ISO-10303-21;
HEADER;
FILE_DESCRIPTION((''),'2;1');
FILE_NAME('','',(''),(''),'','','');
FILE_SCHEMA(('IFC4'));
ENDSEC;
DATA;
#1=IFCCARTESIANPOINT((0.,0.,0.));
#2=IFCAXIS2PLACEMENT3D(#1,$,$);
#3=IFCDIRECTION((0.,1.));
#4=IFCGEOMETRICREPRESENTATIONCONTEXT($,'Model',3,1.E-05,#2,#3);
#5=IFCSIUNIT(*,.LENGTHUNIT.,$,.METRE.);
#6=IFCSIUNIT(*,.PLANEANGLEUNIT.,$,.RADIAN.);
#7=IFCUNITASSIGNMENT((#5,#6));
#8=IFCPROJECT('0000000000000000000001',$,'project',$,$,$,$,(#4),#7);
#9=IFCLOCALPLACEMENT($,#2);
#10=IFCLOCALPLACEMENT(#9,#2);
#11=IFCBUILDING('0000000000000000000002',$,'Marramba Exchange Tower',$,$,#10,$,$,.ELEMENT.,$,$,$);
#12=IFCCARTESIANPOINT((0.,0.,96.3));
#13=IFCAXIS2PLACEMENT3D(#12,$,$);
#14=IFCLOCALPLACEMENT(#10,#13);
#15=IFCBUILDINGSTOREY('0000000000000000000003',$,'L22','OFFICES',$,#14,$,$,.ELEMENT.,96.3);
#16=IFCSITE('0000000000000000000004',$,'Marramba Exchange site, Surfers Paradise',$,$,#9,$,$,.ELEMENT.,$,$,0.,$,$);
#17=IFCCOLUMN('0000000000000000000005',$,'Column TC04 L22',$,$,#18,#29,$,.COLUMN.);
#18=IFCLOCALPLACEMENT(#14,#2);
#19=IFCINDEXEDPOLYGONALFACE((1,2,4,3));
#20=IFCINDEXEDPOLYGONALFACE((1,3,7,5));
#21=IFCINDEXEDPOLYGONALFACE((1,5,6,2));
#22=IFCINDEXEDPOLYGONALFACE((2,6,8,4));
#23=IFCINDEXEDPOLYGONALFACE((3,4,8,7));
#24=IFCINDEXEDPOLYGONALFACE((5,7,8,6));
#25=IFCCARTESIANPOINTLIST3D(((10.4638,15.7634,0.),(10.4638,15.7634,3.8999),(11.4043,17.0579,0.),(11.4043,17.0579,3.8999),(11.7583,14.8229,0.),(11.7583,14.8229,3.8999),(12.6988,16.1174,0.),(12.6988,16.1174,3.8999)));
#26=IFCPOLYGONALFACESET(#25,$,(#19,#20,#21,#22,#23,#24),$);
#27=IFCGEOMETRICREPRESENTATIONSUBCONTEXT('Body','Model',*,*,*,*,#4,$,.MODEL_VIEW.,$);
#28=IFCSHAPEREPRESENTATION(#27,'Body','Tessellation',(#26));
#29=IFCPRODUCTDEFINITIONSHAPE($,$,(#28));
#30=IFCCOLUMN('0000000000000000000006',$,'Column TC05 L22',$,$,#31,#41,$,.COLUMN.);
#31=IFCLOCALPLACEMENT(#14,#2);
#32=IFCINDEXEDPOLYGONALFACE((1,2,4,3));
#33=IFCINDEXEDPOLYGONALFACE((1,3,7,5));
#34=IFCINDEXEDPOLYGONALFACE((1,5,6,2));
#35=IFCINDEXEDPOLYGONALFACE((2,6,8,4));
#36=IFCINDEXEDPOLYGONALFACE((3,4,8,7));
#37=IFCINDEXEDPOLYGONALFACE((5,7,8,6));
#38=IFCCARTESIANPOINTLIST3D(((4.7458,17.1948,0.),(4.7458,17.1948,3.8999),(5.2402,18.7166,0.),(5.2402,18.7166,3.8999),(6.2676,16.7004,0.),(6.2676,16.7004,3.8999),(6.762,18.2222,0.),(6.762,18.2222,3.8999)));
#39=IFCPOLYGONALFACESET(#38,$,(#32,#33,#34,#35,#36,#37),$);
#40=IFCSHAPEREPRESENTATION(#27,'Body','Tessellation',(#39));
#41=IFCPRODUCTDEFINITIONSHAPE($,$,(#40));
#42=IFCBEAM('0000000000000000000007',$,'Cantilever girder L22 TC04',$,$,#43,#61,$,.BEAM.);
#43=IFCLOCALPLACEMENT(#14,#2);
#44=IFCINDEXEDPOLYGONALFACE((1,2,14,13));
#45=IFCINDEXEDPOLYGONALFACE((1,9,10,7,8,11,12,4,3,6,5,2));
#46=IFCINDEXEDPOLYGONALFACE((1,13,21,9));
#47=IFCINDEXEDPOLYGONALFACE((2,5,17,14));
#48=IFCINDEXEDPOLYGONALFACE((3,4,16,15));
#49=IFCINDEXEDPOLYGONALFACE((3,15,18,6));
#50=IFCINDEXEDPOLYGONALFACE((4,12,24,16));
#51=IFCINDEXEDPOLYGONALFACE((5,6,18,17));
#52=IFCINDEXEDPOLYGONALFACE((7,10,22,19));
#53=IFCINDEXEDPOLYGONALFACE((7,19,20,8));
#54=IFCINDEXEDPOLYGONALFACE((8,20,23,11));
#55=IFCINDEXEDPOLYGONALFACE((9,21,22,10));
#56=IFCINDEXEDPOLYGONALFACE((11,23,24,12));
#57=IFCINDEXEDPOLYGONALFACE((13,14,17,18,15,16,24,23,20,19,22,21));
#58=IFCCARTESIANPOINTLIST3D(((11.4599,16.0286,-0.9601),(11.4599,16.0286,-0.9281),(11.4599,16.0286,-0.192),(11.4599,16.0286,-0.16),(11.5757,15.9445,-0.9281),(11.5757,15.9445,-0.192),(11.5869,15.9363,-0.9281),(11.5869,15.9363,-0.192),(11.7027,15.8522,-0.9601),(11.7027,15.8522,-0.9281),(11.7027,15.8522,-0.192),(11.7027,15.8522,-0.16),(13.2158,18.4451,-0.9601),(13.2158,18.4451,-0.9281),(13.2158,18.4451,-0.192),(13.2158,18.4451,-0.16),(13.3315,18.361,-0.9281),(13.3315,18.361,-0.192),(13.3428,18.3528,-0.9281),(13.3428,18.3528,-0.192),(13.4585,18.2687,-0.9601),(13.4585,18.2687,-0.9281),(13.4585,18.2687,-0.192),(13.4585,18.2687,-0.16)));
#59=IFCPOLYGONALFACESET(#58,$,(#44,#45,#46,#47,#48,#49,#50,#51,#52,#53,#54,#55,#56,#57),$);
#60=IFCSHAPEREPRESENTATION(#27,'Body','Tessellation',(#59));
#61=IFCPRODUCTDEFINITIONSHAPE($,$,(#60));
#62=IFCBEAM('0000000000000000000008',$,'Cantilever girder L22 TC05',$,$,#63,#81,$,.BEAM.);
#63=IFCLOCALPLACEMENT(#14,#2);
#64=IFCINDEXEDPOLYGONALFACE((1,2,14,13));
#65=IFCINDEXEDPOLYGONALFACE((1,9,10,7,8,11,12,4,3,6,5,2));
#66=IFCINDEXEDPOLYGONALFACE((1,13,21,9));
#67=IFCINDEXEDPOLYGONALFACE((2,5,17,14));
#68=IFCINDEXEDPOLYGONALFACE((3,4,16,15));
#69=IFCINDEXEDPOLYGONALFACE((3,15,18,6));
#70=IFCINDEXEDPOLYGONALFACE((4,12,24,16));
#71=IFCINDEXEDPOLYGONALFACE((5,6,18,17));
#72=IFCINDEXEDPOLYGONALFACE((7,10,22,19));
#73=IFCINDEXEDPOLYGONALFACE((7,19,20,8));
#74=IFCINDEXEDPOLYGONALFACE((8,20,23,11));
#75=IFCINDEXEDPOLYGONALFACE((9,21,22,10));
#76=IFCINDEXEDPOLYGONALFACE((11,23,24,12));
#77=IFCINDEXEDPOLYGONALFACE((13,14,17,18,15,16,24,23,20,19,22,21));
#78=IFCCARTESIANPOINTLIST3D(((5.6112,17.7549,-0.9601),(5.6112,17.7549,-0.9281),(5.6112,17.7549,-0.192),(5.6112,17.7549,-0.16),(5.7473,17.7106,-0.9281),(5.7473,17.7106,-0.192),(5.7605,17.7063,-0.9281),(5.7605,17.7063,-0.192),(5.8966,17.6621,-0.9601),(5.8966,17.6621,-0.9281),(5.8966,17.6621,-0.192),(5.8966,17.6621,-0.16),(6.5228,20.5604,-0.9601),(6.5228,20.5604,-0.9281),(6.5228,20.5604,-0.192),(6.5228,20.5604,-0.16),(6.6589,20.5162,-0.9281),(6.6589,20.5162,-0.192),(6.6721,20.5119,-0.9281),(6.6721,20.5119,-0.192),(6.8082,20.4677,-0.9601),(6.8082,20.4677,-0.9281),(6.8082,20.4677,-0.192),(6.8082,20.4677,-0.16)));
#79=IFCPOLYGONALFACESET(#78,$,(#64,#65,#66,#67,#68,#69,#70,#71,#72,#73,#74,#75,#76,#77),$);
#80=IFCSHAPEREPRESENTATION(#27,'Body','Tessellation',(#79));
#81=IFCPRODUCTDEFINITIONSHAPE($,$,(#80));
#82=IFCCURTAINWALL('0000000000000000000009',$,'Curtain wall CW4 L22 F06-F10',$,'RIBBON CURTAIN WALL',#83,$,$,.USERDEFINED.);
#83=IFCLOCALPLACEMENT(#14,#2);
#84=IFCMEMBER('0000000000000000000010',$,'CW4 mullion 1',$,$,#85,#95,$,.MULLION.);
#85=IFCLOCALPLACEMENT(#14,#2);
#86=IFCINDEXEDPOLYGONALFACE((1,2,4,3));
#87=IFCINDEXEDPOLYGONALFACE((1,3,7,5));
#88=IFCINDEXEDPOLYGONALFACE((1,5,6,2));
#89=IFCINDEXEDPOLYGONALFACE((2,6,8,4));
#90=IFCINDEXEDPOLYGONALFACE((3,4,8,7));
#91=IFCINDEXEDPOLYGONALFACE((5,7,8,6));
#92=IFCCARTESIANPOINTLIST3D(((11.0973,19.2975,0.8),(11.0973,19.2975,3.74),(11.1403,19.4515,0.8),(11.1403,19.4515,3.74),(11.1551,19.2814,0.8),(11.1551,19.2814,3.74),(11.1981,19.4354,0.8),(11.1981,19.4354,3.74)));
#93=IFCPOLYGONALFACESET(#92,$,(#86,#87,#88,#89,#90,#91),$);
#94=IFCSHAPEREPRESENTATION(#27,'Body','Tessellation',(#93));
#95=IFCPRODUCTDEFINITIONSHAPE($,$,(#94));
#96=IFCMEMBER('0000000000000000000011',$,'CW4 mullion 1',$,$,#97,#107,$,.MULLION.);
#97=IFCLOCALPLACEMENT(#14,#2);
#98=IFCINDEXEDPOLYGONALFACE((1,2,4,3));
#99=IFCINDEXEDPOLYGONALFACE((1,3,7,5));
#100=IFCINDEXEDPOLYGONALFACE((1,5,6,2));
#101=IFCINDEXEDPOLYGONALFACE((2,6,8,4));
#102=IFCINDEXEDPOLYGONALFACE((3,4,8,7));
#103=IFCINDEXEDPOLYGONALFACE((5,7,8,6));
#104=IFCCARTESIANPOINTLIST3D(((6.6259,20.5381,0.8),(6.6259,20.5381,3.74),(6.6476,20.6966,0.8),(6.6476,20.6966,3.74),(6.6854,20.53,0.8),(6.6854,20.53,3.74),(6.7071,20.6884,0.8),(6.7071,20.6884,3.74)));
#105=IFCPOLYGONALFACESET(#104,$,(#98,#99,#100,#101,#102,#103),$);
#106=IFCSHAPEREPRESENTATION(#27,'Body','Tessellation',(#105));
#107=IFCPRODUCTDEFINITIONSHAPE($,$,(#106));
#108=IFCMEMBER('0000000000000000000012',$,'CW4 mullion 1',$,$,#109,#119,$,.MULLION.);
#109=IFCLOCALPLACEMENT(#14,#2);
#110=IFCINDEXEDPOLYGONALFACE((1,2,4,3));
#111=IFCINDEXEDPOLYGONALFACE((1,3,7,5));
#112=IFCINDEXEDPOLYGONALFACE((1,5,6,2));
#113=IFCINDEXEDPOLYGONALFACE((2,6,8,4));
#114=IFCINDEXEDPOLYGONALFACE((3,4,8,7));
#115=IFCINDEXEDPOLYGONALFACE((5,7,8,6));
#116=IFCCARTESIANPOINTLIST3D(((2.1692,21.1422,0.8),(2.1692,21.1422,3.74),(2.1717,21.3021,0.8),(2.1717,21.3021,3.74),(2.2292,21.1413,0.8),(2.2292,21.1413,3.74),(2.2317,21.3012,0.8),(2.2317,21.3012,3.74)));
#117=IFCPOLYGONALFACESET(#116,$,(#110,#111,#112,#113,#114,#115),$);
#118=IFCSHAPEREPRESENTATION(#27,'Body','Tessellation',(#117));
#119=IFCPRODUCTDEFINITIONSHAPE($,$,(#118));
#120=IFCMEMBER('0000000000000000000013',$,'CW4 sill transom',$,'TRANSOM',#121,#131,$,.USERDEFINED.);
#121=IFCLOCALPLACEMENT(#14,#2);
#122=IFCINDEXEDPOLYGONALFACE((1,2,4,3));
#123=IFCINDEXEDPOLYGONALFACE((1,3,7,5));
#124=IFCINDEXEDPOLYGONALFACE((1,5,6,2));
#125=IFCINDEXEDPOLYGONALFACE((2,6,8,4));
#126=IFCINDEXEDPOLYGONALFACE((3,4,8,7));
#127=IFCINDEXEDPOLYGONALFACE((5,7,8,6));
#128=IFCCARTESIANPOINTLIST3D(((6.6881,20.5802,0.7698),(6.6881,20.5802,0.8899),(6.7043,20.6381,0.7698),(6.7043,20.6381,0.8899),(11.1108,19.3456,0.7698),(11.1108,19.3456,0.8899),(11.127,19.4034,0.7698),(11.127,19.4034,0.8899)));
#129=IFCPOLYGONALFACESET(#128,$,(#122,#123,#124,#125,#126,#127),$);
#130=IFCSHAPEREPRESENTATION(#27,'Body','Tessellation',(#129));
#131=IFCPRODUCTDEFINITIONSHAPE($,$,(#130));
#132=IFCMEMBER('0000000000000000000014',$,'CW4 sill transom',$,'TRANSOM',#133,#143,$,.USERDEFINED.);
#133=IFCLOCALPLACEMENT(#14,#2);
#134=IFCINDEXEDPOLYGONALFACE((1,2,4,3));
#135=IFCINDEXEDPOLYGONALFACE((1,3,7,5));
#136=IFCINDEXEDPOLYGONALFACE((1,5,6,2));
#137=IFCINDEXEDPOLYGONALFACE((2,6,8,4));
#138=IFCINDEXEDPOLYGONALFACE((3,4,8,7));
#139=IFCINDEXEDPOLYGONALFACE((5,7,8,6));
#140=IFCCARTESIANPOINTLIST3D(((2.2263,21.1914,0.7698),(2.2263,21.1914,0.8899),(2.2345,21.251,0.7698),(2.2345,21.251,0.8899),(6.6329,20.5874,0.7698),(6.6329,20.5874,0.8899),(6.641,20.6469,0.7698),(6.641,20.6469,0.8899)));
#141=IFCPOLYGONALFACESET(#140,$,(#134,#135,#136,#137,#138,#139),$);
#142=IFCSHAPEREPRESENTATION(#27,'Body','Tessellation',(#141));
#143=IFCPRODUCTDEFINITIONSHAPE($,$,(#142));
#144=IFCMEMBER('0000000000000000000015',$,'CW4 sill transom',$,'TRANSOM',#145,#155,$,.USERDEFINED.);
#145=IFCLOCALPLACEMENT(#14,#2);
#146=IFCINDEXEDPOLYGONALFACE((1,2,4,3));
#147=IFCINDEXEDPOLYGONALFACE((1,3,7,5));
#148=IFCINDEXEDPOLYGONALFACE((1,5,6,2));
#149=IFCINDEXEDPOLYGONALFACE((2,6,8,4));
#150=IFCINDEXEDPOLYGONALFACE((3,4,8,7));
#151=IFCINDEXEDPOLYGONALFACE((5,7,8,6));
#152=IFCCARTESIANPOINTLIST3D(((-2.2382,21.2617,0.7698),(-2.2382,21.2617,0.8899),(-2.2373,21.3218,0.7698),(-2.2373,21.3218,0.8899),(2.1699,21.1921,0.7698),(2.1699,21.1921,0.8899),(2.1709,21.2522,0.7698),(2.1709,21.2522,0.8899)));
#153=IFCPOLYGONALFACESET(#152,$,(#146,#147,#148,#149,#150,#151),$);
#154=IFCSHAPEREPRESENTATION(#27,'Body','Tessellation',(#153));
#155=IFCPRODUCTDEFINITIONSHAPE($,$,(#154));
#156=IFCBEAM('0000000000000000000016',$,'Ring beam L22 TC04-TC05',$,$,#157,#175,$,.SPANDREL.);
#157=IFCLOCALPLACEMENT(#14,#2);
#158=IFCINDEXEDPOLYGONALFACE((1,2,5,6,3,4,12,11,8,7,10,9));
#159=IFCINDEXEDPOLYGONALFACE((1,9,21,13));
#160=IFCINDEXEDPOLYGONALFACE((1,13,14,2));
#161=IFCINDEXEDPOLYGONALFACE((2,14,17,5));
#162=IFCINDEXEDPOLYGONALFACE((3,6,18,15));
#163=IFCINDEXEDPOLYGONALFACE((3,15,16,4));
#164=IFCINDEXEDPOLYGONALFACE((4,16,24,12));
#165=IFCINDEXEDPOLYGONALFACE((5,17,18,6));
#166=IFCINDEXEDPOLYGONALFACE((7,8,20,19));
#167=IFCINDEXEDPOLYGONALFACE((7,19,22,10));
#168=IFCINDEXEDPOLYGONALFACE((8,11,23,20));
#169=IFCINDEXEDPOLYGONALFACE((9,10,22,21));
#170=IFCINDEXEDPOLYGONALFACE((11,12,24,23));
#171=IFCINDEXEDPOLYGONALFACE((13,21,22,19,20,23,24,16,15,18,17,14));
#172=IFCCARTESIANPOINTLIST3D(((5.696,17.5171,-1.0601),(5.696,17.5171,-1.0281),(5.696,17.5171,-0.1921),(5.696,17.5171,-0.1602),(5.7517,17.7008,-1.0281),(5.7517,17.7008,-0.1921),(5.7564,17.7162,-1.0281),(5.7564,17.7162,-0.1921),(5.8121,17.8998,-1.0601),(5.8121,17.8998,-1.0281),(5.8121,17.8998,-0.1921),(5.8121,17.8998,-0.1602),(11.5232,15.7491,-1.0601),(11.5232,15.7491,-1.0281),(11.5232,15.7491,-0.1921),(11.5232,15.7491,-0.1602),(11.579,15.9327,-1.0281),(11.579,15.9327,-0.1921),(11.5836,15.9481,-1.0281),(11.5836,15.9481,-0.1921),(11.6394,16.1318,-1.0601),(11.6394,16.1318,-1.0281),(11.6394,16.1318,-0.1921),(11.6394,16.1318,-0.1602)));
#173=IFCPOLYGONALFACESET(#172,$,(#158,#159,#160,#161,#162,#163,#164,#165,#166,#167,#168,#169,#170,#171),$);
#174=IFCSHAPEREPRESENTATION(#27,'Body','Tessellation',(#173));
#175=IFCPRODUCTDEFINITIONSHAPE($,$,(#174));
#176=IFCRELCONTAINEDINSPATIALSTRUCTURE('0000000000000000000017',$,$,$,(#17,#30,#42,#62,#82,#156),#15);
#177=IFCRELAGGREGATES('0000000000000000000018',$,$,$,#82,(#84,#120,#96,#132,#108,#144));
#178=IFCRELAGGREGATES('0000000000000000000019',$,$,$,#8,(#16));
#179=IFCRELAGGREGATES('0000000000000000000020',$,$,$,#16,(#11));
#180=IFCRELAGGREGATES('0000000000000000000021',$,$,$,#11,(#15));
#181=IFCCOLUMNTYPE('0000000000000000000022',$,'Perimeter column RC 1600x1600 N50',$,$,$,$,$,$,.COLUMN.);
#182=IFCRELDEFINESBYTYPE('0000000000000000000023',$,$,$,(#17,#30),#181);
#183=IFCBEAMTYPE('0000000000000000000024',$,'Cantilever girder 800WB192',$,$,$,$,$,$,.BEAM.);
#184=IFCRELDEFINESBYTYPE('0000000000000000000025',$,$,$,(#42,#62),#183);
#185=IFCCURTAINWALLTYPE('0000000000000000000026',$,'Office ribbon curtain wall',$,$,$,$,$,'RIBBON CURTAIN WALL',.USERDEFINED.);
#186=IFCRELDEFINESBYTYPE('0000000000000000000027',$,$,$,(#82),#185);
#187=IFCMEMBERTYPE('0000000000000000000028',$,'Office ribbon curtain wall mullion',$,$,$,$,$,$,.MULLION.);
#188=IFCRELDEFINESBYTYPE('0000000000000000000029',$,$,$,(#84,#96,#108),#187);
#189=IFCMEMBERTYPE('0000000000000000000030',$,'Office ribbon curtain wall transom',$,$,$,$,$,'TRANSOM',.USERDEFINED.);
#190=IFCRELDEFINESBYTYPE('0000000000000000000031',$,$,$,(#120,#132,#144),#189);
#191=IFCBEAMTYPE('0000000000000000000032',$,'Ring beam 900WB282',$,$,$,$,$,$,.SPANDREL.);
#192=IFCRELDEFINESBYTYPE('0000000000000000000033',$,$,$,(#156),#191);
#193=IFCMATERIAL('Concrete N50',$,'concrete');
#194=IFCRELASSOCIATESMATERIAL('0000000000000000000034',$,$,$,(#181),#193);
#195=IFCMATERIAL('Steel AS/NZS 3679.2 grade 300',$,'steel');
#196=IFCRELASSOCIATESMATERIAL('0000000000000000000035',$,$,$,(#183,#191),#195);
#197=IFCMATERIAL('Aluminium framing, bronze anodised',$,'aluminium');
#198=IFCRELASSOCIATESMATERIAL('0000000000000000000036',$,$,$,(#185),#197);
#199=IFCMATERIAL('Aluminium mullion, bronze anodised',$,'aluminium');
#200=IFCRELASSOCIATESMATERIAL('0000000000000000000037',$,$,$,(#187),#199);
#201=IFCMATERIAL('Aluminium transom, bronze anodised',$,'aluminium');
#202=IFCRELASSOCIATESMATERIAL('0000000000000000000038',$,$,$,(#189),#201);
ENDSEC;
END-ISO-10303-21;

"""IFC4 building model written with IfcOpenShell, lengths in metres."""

from ifc_helpers import new_model, si_unit, direction, frame, origin, origin_2d, place, context, subcontext, project, spatial, rectangle, i_section, extrude, material, material_profile, profile_set, type_object, element, aggregate, save


model = new_model("IFC4")

# Units and contexts
model_context = context("Model", 3, precision=1e-05, world=origin(), true_north=direction((0.0, 1.0)))
body_context = subcontext(model_context, "Body", "Model", "MODEL_VIEW")
ifc_project = project(units=[si_unit("LENGTHUNIT", "METRE"), si_unit("PLANEANGLEUNIT", "RADIAN")], contexts=[model_context])

# Site, building, storey
site_placement = place(None, origin())
site = spatial("IfcSite", under=ifc_project, at=site_placement, Name="Marramba Exchange site, Surfers Paradise", CompositionType="ELEMENT", RefElevation=0.0)
building_placement = place(site_placement, origin())
building = spatial("IfcBuilding", under=site, at=building_placement, Name="Marramba Exchange Tower", CompositionType="ELEMENT")
storey_placement = place(building_placement, frame((0.0, 0.0, 96.3)))
storey = spatial("IfcBuildingStorey", under=building, at=storey_placement, Name="L22", Description="OFFICES", CompositionType="ELEMENT", Elevation=96.3)

# Columns
ifc_material_1 = material(Name="Concrete N50", Category="concrete")
ifc_material_profile_1 = material_profile(ifc_material_1, rectangle(XDim=1.6001, YDim=1.6001, at=origin_2d()), Name="RC 1600x1600")
ifc_profile_set_1 = profile_set([ifc_material_profile_1], Name="Concrete N50")
column_type = type_object("IfcColumnType", Name="Perimeter column RC 1600x1600 N50", PredefinedType="COLUMN", material=ifc_profile_set_1)
for number, where, z_axis, x_axis, name in (
    (1, (11.5813, 15.9404, 0.0), (0.0, 0.0, 1.0), (0.587785, 0.809017, 0.0), "Column TC04 L22"),
    (2, (5.7539, 17.7085, 0.0), (0.0, 0.0, 1.0), (0.309017, 0.951057, 0.0), "Column TC05 L22"),
):
    element("IfcColumn", number, at=place(storey_placement, frame(where, z_axis=z_axis, x_axis=x_axis)), inside=storey, type_object=column_type, Name=name, PredefinedType="COLUMN", context=body_context, shape_type="SweptSolid", body=[
        extrude(rectangle(XDim=1.6001, YDim=1.6001, at=origin_2d()), origin(), (0.0, 0.0, 1.0), 3.8999),
    ])

# Beams
ifc_material_2 = material(Name="Steel AS/NZS 3679.2 grade 300", Category="steel")
ifc_material_profile_2 = material_profile(ifc_material_2, i_section(OverallWidth=0.3, OverallDepth=0.8, WebThickness=0.0139, FlangeThickness=0.032, at=origin_2d()), Name="800WB192")
ifc_profile_set_2 = profile_set([ifc_material_profile_2], Name="Steel AS/NZS 3679.2 grade 300")
beam_type_1 = type_object("IfcBeamType", Name="Cantilever girder 800WB192", PredefinedType="BEAM", material=ifc_profile_set_2)
beam_1_placement = place(storey_placement, frame((11.5813, 15.9404, -0.5601), z_axis=(0.587822, 0.80899, 0.0), x_axis=(-0.80899, 0.587822, 0.0)))
element("IfcBeam", 3, at=beam_1_placement, inside=storey, type_object=beam_type_1, Name="Cantilever girder L22 TC04", PredefinedType="BEAM", context=body_context, shape_type="SweptSolid", body=[
    extrude(i_section(OverallWidth=0.3, OverallDepth=0.8, WebThickness=0.0139, FlangeThickness=0.032, at=origin_2d()), origin(), (0.0, 0.0, 1.0), 2.9871),
])
beam_2_placement = place(storey_placement, frame((5.7539, 17.7085, -0.5601), z_axis=(0.309019, 0.951056, 0.0), x_axis=(-0.951056, 0.309019, 0.0)))
element("IfcBeam", 4, at=beam_2_placement, inside=storey, type_object=beam_type_1, Name="Cantilever girder L22 TC05", PredefinedType="BEAM", context=body_context, shape_type="SweptSolid", body=[
    extrude(i_section(OverallWidth=0.3, OverallDepth=0.8, WebThickness=0.0139, FlangeThickness=0.032, at=origin_2d()), origin(), (0.0, 0.0, 1.0), 2.95),
])

# Curtain wall, members
ifc_material_3 = material(Name="Aluminium framing, bronze anodised", Category="aluminium")
curtain_wall_type = type_object("IfcCurtainWallType", Name="Office ribbon curtain wall", ElementType="RIBBON CURTAIN WALL", PredefinedType="USERDEFINED", material=ifc_material_3)
curtain_wall_1_placement = place(storey_placement, origin())
curtain_wall_1 = element("IfcCurtainWall", 5, at=curtain_wall_1_placement, inside=storey, type_object=curtain_wall_type, Name="Curtain wall CW4 L22 F06-F10", ObjectType="RIBBON CURTAIN WALL", PredefinedType="USERDEFINED")
ifc_material_4 = material(Name="Aluminium mullion, bronze anodised", Category="aluminium")
ifc_material_profile_3 = material_profile(ifc_material_4, rectangle(XDim=0.1599, YDim=0.0601, at=origin_2d()), Name="CW4 mullion 60x160")
ifc_profile_set_3 = profile_set([ifc_material_profile_3], Name="Aluminium mullion, bronze anodised")
member_type_1 = type_object("IfcMemberType", Name="Office ribbon curtain wall mullion", PredefinedType="MULLION", material=ifc_profile_set_3)
member_1_placement = place(storey_placement, frame((11.1477, 19.3665, 0.8), z_axis=(0.0, 0.0, 1.0), x_axis=(-0.268865, -0.963178, 0.0)))
member_1 = element("IfcMember", 6, at=member_1_placement, type_object=member_type_1, Name="CW4 mullion 1", PredefinedType="MULLION", context=body_context, shape_type="SweptSolid", body=[
    extrude(rectangle(XDim=0.1599, YDim=0.0601, at=origin_2d()), origin(), (0.0, 0.0, 1.0), 2.9399),
])
member_2_placement = place(storey_placement, frame((6.6665, 20.6133, 0.8), z_axis=(0.0, 0.0, 1.0), x_axis=(-0.135786, -0.990738, 0.0)))
member_2 = element("IfcMember", 7, at=member_2_placement, type_object=member_type_1, Name="CW4 mullion 1", PredefinedType="MULLION", context=body_context, shape_type="SweptSolid", body=[
    extrude(rectangle(XDim=0.1599, YDim=0.0601, at=origin_2d()), origin(), (0.0, 0.0, 1.0), 2.9399),
])
member_3_placement = place(storey_placement, frame((2.2004, 21.2217, 0.8), z_axis=(0.0, 0.0, 1.0), x_axis=(-0.015756, -0.999876, 0.0)))
member_3 = element("IfcMember", 8, at=member_3_placement, type_object=member_type_1, Name="CW4 mullion 1", PredefinedType="MULLION", context=body_context, shape_type="SweptSolid", body=[
    extrude(rectangle(XDim=0.1599, YDim=0.0601, at=origin_2d()), origin(), (0.0, 0.0, 1.0), 2.9399),
])
ifc_material_5 = material(Name="Aluminium transom, bronze anodised", Category="aluminium")
ifc_material_profile_4 = material_profile(ifc_material_5, rectangle(XDim=0.0601, YDim=0.1201, at=origin_2d()), Name="CW4 transom 60x120")
ifc_profile_set_4 = profile_set([ifc_material_profile_4], Name="Aluminium transom, bronze anodised")
member_type_2 = type_object("IfcMemberType", Name="Office ribbon curtain wall transom", ElementType="TRANSOM", PredefinedType="USERDEFINED", material=ifc_profile_set_4)
member_4_placement = place(storey_placement, frame((11.1189, 19.3745, 0.8298), z_axis=(-0.963174, 0.26888, 0.0), x_axis=(-0.26888, -0.963174, 0.0)))
member_4 = element("IfcMember", 9, at=member_4_placement, type_object=member_type_2, Name="CW4 sill transom", ObjectType="TRANSOM", PredefinedType="USERDEFINED", context=body_context, shape_type="SweptSolid", body=[
    extrude(rectangle(XDim=0.0601, YDim=0.1201, at=origin_2d()), origin(), (0.0, 0.0, 1.0), 4.5918),
])
member_5_placement = place(storey_placement, frame((6.637, 20.6172, 0.8298), z_axis=(-0.990736, 0.135801, 0.0), x_axis=(-0.135801, -0.990736, 0.0)))
member_5 = element("IfcMember", 10, at=member_5_placement, type_object=member_type_2, Name="CW4 sill transom", ObjectType="TRANSOM", PredefinedType="USERDEFINED", context=body_context, shape_type="SweptSolid", body=[
    extrude(rectangle(XDim=0.0601, YDim=0.1201, at=origin_2d()), origin(), (0.0, 0.0, 1.0), 4.4478),
])
member_6_placement = place(storey_placement, frame((2.1704, 21.2222, 0.8298), z_axis=(-0.999875, 0.015782, 0.0), x_axis=(-0.015782, -0.999875, 0.0)))
member_6 = element("IfcMember", 11, at=member_6_placement, type_object=member_type_2, Name="CW4 sill transom", ObjectType="TRANSOM", PredefinedType="USERDEFINED", context=body_context, shape_type="SweptSolid", body=[
    extrude(rectangle(XDim=0.0601, YDim=0.1201, at=origin_2d()), origin(), (0.0, 0.0, 1.0), 4.4087),
])

# Beam
ifc_material_profile_5 = material_profile(ifc_material_2, i_section(OverallWidth=0.3999, OverallDepth=0.8999, WebThickness=0.0161, FlangeThickness=0.032, at=origin_2d()), Name="900WB282")
ifc_profile_set_5 = profile_set([ifc_material_profile_5], Name="Steel AS/NZS 3679.2 grade 300")
beam_type_2 = type_object("IfcBeamType", Name="Ring beam 900WB282", PredefinedType="SPANDREL", material=ifc_profile_set_5)
beam_3_placement = place(storey_placement, frame((11.5813, 15.9404, -0.6101), z_axis=(-0.956925, 0.290337, 0.0), x_axis=(-0.290337, -0.956925, 0.0)))
element("IfcBeam", 12, at=beam_3_placement, inside=storey, type_object=beam_type_2, Name="Ring beam L22 TC04-TC05", PredefinedType="SPANDREL", context=body_context, shape_type="SweptSolid", body=[
    extrude(i_section(OverallWidth=0.3999, OverallDepth=0.8999, WebThickness=0.0161, FlangeThickness=0.032, at=origin_2d()), origin(), (0.0, 0.0, 1.0), 6.0896),
])

aggregate(curtain_wall_1, [member_1, member_4, member_2, member_5, member_3, member_6])

save(model, "model.ifc")
